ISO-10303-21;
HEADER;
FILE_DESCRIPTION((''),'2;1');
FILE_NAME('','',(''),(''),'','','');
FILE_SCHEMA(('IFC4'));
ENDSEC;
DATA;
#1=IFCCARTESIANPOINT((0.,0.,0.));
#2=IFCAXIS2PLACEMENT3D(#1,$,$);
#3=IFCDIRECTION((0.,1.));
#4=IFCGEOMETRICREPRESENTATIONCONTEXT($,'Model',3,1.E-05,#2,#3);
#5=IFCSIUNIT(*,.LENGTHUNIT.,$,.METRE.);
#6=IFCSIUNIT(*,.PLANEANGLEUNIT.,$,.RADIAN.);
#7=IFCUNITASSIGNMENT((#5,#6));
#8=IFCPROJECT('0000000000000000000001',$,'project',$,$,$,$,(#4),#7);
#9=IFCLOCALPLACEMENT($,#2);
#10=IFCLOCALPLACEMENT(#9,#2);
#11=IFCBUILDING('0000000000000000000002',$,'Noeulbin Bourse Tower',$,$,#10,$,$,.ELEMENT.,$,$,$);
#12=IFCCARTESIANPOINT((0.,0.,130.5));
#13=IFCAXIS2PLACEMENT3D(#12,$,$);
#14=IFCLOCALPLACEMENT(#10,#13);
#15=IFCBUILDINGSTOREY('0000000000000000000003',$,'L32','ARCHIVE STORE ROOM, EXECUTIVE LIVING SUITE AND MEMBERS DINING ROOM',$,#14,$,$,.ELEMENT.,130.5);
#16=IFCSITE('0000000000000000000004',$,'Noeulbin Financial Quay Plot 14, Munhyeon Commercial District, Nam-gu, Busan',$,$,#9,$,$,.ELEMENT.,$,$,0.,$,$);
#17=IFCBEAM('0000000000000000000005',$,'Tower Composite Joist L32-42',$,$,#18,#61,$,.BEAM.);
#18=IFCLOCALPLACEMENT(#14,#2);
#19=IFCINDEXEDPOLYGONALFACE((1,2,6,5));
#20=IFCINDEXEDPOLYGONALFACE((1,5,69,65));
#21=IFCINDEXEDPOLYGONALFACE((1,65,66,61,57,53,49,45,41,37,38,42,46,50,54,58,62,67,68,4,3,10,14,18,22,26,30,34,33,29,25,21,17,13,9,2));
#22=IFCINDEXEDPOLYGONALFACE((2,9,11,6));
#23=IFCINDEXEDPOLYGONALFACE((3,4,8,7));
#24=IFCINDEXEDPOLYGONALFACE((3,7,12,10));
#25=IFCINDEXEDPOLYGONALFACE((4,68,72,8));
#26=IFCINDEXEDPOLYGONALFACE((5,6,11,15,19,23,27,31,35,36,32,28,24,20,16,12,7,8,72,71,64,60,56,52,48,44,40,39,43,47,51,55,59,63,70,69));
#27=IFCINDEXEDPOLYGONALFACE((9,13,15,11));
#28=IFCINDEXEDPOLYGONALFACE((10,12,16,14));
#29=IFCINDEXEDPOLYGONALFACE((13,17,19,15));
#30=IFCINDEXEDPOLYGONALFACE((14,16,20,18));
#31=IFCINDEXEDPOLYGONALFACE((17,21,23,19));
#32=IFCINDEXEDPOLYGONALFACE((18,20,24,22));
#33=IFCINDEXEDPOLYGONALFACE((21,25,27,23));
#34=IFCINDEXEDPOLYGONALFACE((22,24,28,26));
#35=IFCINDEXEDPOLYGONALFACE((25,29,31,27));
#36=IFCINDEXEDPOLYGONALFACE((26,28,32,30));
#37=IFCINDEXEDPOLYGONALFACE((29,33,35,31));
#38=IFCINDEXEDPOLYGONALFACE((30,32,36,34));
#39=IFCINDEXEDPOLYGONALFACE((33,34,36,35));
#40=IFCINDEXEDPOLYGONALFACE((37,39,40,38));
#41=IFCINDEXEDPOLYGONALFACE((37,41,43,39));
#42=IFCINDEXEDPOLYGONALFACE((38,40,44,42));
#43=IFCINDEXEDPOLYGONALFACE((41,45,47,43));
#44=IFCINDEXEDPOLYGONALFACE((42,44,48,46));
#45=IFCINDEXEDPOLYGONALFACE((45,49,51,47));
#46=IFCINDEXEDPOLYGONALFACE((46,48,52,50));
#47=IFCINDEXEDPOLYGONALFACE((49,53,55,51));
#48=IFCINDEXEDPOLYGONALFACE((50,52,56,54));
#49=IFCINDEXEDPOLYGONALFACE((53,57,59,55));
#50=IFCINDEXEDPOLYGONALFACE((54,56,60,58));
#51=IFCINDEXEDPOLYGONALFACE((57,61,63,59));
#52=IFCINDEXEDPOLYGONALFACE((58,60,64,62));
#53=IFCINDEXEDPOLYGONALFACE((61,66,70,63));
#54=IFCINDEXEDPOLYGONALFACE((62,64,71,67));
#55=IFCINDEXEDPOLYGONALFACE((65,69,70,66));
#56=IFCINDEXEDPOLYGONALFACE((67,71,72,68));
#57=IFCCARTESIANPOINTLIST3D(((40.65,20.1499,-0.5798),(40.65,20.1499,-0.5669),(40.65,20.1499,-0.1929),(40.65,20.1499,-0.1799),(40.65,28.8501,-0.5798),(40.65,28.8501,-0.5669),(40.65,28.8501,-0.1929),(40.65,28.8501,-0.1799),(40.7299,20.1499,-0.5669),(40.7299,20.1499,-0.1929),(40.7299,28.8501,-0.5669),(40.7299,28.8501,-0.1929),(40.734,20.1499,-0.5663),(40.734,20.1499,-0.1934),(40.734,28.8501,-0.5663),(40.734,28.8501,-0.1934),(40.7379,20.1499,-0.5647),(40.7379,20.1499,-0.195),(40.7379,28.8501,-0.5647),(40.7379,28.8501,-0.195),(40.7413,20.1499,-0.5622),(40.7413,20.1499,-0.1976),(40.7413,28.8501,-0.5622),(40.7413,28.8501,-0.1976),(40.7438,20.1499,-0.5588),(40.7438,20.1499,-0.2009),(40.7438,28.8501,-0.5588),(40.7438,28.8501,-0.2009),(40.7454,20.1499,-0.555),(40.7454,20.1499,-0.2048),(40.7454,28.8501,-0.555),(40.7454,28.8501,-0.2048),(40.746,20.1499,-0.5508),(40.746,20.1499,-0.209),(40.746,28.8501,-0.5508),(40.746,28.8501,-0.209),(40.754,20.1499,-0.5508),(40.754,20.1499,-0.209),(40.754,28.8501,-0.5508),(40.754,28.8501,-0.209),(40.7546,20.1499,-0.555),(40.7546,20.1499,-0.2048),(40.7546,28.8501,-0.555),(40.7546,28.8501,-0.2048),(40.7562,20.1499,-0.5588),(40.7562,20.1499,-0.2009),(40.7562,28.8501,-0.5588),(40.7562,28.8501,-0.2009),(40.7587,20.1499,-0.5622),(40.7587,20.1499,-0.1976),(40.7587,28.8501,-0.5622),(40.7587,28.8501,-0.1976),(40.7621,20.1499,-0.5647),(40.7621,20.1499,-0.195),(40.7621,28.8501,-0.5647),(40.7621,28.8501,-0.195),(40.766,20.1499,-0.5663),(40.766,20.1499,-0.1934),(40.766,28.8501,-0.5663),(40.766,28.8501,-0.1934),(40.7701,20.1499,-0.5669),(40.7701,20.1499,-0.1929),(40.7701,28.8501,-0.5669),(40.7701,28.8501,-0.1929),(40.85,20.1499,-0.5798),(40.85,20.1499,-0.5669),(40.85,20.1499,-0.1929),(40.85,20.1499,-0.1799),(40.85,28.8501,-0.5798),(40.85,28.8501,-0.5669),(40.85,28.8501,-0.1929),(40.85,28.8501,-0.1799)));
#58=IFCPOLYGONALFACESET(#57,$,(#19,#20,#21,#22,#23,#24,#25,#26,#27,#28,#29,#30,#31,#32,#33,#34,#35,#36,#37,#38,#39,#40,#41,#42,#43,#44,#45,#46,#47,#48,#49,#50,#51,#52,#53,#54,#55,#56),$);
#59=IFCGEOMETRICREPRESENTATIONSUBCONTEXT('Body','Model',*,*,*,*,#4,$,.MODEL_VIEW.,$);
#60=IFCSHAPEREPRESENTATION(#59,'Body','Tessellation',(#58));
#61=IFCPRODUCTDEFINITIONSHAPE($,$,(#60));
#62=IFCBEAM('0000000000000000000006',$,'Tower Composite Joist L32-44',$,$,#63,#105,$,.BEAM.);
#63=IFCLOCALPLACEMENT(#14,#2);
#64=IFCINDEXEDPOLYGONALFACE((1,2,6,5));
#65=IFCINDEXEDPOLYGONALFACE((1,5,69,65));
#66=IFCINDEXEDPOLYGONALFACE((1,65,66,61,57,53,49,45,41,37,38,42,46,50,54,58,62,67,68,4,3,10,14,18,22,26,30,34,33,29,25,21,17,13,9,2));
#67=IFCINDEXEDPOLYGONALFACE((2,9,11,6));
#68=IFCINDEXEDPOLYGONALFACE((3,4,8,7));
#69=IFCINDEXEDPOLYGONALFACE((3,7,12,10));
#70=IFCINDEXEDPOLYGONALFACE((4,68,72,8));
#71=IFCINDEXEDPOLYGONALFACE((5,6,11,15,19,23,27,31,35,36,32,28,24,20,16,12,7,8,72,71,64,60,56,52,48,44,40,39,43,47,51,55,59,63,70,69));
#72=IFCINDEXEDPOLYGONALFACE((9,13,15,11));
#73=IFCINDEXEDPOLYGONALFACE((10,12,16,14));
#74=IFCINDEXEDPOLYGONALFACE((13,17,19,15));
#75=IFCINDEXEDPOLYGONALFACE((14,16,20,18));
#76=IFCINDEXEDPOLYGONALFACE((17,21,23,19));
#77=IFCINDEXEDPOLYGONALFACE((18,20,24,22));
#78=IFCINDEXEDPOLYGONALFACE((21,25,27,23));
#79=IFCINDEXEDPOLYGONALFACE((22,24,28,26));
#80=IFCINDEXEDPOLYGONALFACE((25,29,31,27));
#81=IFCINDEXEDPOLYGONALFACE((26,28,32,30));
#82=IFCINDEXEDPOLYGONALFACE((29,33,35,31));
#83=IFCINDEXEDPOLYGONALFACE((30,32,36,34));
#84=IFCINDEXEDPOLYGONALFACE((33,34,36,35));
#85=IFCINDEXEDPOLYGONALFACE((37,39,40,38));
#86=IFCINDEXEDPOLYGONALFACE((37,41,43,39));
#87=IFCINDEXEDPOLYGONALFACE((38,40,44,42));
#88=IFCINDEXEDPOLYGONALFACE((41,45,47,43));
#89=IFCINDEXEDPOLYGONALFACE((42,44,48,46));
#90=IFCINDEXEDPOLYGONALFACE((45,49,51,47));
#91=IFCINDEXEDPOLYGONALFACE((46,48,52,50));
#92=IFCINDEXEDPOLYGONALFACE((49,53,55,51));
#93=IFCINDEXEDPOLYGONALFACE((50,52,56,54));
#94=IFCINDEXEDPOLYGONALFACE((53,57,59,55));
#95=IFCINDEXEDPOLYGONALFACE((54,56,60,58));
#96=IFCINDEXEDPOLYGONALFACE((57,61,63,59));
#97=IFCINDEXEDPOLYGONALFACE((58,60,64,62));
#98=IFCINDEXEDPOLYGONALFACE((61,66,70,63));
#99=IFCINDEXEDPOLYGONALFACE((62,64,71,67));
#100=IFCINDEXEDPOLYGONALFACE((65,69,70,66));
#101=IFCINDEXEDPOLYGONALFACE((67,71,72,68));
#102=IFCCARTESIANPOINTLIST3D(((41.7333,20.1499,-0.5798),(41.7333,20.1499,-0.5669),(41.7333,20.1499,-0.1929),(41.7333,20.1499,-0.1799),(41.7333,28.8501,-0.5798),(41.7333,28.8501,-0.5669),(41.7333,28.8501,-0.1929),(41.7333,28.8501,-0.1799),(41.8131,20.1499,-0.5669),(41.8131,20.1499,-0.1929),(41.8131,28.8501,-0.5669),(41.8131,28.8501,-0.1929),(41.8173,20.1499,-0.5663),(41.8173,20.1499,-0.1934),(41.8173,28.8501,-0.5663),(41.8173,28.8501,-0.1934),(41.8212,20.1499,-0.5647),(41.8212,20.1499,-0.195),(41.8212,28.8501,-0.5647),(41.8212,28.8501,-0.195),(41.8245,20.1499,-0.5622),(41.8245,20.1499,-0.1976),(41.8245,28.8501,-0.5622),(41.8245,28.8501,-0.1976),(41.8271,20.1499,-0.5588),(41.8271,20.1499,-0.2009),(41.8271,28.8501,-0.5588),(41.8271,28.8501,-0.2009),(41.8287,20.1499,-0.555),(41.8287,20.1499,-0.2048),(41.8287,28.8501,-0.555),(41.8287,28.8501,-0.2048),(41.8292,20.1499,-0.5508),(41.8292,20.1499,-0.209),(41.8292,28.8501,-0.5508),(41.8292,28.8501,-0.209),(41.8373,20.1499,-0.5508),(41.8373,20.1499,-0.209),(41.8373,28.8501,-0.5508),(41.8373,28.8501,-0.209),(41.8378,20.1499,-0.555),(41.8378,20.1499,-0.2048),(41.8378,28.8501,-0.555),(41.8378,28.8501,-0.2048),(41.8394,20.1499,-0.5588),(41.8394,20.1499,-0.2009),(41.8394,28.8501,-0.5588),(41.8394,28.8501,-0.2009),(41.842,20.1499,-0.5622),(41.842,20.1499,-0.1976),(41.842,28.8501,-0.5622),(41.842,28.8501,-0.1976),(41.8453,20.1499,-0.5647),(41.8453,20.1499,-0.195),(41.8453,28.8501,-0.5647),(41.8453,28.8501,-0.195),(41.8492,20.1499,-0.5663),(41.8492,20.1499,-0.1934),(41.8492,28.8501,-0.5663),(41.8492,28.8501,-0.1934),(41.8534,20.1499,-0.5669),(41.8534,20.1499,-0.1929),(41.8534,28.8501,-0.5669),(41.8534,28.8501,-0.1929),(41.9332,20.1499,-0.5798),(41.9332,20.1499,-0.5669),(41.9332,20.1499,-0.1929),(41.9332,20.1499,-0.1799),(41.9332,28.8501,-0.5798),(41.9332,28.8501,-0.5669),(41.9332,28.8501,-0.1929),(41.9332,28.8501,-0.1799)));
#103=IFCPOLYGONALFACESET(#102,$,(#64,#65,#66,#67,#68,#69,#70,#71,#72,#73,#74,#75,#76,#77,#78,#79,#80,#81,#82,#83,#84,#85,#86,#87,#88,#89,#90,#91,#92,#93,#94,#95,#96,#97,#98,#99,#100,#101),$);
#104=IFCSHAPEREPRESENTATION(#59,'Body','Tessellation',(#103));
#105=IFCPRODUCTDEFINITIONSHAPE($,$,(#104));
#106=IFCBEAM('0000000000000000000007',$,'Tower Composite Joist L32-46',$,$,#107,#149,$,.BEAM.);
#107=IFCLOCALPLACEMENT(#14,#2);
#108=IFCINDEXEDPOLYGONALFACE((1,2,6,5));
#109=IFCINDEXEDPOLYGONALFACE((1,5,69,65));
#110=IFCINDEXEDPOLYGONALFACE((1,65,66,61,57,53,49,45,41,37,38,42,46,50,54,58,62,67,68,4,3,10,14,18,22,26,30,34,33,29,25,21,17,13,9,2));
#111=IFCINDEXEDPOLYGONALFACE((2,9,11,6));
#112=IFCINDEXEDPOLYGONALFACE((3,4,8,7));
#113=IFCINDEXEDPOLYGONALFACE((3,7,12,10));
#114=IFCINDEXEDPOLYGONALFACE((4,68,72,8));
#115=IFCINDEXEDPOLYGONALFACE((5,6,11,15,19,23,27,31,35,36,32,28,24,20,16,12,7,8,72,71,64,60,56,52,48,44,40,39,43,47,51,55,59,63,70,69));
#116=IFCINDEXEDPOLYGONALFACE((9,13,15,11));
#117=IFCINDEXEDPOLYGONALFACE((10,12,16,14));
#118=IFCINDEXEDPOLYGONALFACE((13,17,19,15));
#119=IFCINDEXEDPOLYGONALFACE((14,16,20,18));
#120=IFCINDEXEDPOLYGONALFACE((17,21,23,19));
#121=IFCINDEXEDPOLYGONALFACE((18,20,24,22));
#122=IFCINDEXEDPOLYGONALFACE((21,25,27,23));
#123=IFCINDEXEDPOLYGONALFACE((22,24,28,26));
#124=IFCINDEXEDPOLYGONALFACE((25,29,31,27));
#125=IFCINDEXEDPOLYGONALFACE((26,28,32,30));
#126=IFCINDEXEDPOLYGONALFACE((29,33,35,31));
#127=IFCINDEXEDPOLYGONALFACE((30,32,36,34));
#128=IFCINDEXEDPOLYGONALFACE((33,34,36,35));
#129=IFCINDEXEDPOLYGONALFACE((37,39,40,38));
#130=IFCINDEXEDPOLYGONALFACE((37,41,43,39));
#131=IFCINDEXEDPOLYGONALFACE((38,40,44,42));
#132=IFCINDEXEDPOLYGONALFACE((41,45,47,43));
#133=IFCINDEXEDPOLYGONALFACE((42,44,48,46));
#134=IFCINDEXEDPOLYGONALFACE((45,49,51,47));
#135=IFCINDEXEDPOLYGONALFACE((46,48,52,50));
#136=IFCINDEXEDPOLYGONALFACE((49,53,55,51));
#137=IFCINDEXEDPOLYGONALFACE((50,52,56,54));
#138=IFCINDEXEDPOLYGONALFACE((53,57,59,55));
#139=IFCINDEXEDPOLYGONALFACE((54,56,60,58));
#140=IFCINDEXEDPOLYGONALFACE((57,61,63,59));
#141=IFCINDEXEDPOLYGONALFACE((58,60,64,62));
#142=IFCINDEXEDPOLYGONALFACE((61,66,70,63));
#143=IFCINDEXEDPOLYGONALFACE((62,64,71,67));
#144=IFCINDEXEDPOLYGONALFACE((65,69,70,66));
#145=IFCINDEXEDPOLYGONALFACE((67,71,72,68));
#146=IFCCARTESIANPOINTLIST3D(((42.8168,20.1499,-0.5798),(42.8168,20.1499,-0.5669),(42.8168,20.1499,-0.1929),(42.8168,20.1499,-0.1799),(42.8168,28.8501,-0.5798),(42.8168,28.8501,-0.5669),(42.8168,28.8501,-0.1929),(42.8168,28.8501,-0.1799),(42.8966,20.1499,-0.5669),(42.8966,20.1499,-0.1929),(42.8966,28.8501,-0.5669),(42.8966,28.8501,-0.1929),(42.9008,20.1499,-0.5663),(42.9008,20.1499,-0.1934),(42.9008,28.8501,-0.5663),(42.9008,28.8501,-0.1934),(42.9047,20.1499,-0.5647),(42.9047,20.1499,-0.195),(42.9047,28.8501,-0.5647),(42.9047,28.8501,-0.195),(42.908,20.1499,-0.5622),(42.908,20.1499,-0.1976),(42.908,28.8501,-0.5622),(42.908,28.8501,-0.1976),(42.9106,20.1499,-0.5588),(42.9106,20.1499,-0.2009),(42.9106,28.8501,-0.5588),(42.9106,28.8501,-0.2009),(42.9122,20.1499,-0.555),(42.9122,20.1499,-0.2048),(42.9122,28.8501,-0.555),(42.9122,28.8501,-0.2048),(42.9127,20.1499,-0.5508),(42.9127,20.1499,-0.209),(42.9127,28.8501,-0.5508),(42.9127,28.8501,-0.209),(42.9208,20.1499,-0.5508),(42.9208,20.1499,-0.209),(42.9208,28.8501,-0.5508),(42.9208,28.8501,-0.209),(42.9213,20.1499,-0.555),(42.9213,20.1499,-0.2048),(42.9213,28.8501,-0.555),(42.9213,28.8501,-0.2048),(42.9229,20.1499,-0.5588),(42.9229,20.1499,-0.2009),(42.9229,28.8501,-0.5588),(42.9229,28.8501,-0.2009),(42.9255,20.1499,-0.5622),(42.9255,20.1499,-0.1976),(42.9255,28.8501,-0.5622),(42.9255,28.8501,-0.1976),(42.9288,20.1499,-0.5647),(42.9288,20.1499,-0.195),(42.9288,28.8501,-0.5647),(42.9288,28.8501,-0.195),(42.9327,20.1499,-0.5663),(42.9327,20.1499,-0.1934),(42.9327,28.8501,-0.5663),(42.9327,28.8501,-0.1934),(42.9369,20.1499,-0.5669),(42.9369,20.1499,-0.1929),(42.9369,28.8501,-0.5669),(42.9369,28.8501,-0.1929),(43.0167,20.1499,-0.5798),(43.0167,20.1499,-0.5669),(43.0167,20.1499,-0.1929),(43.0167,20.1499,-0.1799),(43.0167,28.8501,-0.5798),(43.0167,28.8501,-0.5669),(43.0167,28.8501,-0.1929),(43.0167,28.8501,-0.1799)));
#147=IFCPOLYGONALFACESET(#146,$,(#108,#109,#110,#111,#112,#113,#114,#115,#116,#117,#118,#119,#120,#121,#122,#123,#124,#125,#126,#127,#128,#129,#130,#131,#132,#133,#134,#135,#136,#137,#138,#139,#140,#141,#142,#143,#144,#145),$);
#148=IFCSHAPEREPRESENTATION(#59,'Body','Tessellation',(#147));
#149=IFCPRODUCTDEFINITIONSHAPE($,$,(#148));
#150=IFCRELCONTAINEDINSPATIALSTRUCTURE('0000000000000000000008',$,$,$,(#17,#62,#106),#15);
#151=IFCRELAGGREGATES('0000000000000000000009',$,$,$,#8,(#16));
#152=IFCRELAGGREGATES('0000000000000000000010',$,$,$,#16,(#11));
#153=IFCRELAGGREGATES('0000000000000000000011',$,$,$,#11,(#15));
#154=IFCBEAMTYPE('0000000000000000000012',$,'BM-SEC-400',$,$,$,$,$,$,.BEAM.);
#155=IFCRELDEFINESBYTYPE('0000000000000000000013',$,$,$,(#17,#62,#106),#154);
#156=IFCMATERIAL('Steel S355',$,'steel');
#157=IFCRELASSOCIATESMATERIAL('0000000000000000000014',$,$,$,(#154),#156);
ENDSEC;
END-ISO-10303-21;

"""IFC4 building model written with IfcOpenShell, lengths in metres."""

from ifc_helpers import new_model, si_unit, direction, frame, origin, origin_2d, place, context, subcontext, project, spatial, i_section, extrude, material, material_profile, profile_set, type_object, element, save


model = new_model("IFC4")

# Units and contexts
model_context = context("Model", 3, precision=1e-05, world=origin(), true_north=direction((0.0, 1.0)))
body_context = subcontext(model_context, "Body", "Model", "MODEL_VIEW")
ifc_project = project(units=[si_unit("LENGTHUNIT", "METRE"), si_unit("PLANEANGLEUNIT", "RADIAN")], contexts=[model_context])

# Site, building, storey
site_placement = place(None, origin())
site = spatial("IfcSite", under=ifc_project, at=site_placement, Name="Noeulbin Financial Quay Plot 14, Munhyeon Commercial District, Nam-gu, Busan", CompositionType="ELEMENT", RefElevation=0.0)
building_placement = place(site_placement, origin())
building = spatial("IfcBuilding", under=site, at=building_placement, Name="Noeulbin Bourse Tower", CompositionType="ELEMENT")
storey_placement = place(building_placement, frame((0.0, 0.0, 130.5)))
storey = spatial("IfcBuildingStorey", under=building, at=storey_placement, Name="L32", Description="ARCHIVE STORE ROOM, EXECUTIVE LIVING SUITE AND MEMBERS DINING ROOM", CompositionType="ELEMENT", Elevation=130.5)

# Shared definitions
ifc_material_1 = material(Name="Steel S355", Category="steel")

# Beams
ifc_material_profile_1 = material_profile(ifc_material_1, i_section(OverallWidth=0.2, OverallDepth=0.3999, WebThickness=0.0081, FlangeThickness=0.0129, FilletRadius=0.0161, at=origin_2d()), Name="H-400x200x8x13", Category="LoadBearing")
ifc_profile_set_1 = profile_set([ifc_material_profile_1], Name="Steel S355")
beam_type_1 = type_object("IfcBeamType", Name="BM-SEC-400", PredefinedType="BEAM", material=ifc_profile_set_1)
for number, where, z_axis, x_axis, name in (
    (1, (40.75, 20.1499, -0.3799), (0.0, 1.0, 0.0), (-1.0, 0.0, 0.0), "Tower Composite Joist L32-42"),
    (2, (41.8333, 20.1499, -0.3799), (0.0, 1.0, 0.0), (-1.0, 0.0, 0.0), "Tower Composite Joist L32-44"),
    (3, (42.9167, 20.1499, -0.3799), (0.0, 1.0, 0.0), (-1.0, 0.0, 0.0), "Tower Composite Joist L32-46"),
):
    element("IfcBeam", number, at=place(storey_placement, frame(where, z_axis=z_axis, x_axis=x_axis)), inside=storey, type_object=beam_type_1, Name=name, PredefinedType="BEAM", context=body_context, shape_type="SweptSolid", body=[
        extrude(i_section(OverallWidth=0.2, OverallDepth=0.3999, WebThickness=0.0081, FlangeThickness=0.0129, FilletRadius=0.0161, at=origin_2d()), origin(), (0.0, 0.0, 1.0), 8.7002),
    ])

save(model, "model.ifc")
